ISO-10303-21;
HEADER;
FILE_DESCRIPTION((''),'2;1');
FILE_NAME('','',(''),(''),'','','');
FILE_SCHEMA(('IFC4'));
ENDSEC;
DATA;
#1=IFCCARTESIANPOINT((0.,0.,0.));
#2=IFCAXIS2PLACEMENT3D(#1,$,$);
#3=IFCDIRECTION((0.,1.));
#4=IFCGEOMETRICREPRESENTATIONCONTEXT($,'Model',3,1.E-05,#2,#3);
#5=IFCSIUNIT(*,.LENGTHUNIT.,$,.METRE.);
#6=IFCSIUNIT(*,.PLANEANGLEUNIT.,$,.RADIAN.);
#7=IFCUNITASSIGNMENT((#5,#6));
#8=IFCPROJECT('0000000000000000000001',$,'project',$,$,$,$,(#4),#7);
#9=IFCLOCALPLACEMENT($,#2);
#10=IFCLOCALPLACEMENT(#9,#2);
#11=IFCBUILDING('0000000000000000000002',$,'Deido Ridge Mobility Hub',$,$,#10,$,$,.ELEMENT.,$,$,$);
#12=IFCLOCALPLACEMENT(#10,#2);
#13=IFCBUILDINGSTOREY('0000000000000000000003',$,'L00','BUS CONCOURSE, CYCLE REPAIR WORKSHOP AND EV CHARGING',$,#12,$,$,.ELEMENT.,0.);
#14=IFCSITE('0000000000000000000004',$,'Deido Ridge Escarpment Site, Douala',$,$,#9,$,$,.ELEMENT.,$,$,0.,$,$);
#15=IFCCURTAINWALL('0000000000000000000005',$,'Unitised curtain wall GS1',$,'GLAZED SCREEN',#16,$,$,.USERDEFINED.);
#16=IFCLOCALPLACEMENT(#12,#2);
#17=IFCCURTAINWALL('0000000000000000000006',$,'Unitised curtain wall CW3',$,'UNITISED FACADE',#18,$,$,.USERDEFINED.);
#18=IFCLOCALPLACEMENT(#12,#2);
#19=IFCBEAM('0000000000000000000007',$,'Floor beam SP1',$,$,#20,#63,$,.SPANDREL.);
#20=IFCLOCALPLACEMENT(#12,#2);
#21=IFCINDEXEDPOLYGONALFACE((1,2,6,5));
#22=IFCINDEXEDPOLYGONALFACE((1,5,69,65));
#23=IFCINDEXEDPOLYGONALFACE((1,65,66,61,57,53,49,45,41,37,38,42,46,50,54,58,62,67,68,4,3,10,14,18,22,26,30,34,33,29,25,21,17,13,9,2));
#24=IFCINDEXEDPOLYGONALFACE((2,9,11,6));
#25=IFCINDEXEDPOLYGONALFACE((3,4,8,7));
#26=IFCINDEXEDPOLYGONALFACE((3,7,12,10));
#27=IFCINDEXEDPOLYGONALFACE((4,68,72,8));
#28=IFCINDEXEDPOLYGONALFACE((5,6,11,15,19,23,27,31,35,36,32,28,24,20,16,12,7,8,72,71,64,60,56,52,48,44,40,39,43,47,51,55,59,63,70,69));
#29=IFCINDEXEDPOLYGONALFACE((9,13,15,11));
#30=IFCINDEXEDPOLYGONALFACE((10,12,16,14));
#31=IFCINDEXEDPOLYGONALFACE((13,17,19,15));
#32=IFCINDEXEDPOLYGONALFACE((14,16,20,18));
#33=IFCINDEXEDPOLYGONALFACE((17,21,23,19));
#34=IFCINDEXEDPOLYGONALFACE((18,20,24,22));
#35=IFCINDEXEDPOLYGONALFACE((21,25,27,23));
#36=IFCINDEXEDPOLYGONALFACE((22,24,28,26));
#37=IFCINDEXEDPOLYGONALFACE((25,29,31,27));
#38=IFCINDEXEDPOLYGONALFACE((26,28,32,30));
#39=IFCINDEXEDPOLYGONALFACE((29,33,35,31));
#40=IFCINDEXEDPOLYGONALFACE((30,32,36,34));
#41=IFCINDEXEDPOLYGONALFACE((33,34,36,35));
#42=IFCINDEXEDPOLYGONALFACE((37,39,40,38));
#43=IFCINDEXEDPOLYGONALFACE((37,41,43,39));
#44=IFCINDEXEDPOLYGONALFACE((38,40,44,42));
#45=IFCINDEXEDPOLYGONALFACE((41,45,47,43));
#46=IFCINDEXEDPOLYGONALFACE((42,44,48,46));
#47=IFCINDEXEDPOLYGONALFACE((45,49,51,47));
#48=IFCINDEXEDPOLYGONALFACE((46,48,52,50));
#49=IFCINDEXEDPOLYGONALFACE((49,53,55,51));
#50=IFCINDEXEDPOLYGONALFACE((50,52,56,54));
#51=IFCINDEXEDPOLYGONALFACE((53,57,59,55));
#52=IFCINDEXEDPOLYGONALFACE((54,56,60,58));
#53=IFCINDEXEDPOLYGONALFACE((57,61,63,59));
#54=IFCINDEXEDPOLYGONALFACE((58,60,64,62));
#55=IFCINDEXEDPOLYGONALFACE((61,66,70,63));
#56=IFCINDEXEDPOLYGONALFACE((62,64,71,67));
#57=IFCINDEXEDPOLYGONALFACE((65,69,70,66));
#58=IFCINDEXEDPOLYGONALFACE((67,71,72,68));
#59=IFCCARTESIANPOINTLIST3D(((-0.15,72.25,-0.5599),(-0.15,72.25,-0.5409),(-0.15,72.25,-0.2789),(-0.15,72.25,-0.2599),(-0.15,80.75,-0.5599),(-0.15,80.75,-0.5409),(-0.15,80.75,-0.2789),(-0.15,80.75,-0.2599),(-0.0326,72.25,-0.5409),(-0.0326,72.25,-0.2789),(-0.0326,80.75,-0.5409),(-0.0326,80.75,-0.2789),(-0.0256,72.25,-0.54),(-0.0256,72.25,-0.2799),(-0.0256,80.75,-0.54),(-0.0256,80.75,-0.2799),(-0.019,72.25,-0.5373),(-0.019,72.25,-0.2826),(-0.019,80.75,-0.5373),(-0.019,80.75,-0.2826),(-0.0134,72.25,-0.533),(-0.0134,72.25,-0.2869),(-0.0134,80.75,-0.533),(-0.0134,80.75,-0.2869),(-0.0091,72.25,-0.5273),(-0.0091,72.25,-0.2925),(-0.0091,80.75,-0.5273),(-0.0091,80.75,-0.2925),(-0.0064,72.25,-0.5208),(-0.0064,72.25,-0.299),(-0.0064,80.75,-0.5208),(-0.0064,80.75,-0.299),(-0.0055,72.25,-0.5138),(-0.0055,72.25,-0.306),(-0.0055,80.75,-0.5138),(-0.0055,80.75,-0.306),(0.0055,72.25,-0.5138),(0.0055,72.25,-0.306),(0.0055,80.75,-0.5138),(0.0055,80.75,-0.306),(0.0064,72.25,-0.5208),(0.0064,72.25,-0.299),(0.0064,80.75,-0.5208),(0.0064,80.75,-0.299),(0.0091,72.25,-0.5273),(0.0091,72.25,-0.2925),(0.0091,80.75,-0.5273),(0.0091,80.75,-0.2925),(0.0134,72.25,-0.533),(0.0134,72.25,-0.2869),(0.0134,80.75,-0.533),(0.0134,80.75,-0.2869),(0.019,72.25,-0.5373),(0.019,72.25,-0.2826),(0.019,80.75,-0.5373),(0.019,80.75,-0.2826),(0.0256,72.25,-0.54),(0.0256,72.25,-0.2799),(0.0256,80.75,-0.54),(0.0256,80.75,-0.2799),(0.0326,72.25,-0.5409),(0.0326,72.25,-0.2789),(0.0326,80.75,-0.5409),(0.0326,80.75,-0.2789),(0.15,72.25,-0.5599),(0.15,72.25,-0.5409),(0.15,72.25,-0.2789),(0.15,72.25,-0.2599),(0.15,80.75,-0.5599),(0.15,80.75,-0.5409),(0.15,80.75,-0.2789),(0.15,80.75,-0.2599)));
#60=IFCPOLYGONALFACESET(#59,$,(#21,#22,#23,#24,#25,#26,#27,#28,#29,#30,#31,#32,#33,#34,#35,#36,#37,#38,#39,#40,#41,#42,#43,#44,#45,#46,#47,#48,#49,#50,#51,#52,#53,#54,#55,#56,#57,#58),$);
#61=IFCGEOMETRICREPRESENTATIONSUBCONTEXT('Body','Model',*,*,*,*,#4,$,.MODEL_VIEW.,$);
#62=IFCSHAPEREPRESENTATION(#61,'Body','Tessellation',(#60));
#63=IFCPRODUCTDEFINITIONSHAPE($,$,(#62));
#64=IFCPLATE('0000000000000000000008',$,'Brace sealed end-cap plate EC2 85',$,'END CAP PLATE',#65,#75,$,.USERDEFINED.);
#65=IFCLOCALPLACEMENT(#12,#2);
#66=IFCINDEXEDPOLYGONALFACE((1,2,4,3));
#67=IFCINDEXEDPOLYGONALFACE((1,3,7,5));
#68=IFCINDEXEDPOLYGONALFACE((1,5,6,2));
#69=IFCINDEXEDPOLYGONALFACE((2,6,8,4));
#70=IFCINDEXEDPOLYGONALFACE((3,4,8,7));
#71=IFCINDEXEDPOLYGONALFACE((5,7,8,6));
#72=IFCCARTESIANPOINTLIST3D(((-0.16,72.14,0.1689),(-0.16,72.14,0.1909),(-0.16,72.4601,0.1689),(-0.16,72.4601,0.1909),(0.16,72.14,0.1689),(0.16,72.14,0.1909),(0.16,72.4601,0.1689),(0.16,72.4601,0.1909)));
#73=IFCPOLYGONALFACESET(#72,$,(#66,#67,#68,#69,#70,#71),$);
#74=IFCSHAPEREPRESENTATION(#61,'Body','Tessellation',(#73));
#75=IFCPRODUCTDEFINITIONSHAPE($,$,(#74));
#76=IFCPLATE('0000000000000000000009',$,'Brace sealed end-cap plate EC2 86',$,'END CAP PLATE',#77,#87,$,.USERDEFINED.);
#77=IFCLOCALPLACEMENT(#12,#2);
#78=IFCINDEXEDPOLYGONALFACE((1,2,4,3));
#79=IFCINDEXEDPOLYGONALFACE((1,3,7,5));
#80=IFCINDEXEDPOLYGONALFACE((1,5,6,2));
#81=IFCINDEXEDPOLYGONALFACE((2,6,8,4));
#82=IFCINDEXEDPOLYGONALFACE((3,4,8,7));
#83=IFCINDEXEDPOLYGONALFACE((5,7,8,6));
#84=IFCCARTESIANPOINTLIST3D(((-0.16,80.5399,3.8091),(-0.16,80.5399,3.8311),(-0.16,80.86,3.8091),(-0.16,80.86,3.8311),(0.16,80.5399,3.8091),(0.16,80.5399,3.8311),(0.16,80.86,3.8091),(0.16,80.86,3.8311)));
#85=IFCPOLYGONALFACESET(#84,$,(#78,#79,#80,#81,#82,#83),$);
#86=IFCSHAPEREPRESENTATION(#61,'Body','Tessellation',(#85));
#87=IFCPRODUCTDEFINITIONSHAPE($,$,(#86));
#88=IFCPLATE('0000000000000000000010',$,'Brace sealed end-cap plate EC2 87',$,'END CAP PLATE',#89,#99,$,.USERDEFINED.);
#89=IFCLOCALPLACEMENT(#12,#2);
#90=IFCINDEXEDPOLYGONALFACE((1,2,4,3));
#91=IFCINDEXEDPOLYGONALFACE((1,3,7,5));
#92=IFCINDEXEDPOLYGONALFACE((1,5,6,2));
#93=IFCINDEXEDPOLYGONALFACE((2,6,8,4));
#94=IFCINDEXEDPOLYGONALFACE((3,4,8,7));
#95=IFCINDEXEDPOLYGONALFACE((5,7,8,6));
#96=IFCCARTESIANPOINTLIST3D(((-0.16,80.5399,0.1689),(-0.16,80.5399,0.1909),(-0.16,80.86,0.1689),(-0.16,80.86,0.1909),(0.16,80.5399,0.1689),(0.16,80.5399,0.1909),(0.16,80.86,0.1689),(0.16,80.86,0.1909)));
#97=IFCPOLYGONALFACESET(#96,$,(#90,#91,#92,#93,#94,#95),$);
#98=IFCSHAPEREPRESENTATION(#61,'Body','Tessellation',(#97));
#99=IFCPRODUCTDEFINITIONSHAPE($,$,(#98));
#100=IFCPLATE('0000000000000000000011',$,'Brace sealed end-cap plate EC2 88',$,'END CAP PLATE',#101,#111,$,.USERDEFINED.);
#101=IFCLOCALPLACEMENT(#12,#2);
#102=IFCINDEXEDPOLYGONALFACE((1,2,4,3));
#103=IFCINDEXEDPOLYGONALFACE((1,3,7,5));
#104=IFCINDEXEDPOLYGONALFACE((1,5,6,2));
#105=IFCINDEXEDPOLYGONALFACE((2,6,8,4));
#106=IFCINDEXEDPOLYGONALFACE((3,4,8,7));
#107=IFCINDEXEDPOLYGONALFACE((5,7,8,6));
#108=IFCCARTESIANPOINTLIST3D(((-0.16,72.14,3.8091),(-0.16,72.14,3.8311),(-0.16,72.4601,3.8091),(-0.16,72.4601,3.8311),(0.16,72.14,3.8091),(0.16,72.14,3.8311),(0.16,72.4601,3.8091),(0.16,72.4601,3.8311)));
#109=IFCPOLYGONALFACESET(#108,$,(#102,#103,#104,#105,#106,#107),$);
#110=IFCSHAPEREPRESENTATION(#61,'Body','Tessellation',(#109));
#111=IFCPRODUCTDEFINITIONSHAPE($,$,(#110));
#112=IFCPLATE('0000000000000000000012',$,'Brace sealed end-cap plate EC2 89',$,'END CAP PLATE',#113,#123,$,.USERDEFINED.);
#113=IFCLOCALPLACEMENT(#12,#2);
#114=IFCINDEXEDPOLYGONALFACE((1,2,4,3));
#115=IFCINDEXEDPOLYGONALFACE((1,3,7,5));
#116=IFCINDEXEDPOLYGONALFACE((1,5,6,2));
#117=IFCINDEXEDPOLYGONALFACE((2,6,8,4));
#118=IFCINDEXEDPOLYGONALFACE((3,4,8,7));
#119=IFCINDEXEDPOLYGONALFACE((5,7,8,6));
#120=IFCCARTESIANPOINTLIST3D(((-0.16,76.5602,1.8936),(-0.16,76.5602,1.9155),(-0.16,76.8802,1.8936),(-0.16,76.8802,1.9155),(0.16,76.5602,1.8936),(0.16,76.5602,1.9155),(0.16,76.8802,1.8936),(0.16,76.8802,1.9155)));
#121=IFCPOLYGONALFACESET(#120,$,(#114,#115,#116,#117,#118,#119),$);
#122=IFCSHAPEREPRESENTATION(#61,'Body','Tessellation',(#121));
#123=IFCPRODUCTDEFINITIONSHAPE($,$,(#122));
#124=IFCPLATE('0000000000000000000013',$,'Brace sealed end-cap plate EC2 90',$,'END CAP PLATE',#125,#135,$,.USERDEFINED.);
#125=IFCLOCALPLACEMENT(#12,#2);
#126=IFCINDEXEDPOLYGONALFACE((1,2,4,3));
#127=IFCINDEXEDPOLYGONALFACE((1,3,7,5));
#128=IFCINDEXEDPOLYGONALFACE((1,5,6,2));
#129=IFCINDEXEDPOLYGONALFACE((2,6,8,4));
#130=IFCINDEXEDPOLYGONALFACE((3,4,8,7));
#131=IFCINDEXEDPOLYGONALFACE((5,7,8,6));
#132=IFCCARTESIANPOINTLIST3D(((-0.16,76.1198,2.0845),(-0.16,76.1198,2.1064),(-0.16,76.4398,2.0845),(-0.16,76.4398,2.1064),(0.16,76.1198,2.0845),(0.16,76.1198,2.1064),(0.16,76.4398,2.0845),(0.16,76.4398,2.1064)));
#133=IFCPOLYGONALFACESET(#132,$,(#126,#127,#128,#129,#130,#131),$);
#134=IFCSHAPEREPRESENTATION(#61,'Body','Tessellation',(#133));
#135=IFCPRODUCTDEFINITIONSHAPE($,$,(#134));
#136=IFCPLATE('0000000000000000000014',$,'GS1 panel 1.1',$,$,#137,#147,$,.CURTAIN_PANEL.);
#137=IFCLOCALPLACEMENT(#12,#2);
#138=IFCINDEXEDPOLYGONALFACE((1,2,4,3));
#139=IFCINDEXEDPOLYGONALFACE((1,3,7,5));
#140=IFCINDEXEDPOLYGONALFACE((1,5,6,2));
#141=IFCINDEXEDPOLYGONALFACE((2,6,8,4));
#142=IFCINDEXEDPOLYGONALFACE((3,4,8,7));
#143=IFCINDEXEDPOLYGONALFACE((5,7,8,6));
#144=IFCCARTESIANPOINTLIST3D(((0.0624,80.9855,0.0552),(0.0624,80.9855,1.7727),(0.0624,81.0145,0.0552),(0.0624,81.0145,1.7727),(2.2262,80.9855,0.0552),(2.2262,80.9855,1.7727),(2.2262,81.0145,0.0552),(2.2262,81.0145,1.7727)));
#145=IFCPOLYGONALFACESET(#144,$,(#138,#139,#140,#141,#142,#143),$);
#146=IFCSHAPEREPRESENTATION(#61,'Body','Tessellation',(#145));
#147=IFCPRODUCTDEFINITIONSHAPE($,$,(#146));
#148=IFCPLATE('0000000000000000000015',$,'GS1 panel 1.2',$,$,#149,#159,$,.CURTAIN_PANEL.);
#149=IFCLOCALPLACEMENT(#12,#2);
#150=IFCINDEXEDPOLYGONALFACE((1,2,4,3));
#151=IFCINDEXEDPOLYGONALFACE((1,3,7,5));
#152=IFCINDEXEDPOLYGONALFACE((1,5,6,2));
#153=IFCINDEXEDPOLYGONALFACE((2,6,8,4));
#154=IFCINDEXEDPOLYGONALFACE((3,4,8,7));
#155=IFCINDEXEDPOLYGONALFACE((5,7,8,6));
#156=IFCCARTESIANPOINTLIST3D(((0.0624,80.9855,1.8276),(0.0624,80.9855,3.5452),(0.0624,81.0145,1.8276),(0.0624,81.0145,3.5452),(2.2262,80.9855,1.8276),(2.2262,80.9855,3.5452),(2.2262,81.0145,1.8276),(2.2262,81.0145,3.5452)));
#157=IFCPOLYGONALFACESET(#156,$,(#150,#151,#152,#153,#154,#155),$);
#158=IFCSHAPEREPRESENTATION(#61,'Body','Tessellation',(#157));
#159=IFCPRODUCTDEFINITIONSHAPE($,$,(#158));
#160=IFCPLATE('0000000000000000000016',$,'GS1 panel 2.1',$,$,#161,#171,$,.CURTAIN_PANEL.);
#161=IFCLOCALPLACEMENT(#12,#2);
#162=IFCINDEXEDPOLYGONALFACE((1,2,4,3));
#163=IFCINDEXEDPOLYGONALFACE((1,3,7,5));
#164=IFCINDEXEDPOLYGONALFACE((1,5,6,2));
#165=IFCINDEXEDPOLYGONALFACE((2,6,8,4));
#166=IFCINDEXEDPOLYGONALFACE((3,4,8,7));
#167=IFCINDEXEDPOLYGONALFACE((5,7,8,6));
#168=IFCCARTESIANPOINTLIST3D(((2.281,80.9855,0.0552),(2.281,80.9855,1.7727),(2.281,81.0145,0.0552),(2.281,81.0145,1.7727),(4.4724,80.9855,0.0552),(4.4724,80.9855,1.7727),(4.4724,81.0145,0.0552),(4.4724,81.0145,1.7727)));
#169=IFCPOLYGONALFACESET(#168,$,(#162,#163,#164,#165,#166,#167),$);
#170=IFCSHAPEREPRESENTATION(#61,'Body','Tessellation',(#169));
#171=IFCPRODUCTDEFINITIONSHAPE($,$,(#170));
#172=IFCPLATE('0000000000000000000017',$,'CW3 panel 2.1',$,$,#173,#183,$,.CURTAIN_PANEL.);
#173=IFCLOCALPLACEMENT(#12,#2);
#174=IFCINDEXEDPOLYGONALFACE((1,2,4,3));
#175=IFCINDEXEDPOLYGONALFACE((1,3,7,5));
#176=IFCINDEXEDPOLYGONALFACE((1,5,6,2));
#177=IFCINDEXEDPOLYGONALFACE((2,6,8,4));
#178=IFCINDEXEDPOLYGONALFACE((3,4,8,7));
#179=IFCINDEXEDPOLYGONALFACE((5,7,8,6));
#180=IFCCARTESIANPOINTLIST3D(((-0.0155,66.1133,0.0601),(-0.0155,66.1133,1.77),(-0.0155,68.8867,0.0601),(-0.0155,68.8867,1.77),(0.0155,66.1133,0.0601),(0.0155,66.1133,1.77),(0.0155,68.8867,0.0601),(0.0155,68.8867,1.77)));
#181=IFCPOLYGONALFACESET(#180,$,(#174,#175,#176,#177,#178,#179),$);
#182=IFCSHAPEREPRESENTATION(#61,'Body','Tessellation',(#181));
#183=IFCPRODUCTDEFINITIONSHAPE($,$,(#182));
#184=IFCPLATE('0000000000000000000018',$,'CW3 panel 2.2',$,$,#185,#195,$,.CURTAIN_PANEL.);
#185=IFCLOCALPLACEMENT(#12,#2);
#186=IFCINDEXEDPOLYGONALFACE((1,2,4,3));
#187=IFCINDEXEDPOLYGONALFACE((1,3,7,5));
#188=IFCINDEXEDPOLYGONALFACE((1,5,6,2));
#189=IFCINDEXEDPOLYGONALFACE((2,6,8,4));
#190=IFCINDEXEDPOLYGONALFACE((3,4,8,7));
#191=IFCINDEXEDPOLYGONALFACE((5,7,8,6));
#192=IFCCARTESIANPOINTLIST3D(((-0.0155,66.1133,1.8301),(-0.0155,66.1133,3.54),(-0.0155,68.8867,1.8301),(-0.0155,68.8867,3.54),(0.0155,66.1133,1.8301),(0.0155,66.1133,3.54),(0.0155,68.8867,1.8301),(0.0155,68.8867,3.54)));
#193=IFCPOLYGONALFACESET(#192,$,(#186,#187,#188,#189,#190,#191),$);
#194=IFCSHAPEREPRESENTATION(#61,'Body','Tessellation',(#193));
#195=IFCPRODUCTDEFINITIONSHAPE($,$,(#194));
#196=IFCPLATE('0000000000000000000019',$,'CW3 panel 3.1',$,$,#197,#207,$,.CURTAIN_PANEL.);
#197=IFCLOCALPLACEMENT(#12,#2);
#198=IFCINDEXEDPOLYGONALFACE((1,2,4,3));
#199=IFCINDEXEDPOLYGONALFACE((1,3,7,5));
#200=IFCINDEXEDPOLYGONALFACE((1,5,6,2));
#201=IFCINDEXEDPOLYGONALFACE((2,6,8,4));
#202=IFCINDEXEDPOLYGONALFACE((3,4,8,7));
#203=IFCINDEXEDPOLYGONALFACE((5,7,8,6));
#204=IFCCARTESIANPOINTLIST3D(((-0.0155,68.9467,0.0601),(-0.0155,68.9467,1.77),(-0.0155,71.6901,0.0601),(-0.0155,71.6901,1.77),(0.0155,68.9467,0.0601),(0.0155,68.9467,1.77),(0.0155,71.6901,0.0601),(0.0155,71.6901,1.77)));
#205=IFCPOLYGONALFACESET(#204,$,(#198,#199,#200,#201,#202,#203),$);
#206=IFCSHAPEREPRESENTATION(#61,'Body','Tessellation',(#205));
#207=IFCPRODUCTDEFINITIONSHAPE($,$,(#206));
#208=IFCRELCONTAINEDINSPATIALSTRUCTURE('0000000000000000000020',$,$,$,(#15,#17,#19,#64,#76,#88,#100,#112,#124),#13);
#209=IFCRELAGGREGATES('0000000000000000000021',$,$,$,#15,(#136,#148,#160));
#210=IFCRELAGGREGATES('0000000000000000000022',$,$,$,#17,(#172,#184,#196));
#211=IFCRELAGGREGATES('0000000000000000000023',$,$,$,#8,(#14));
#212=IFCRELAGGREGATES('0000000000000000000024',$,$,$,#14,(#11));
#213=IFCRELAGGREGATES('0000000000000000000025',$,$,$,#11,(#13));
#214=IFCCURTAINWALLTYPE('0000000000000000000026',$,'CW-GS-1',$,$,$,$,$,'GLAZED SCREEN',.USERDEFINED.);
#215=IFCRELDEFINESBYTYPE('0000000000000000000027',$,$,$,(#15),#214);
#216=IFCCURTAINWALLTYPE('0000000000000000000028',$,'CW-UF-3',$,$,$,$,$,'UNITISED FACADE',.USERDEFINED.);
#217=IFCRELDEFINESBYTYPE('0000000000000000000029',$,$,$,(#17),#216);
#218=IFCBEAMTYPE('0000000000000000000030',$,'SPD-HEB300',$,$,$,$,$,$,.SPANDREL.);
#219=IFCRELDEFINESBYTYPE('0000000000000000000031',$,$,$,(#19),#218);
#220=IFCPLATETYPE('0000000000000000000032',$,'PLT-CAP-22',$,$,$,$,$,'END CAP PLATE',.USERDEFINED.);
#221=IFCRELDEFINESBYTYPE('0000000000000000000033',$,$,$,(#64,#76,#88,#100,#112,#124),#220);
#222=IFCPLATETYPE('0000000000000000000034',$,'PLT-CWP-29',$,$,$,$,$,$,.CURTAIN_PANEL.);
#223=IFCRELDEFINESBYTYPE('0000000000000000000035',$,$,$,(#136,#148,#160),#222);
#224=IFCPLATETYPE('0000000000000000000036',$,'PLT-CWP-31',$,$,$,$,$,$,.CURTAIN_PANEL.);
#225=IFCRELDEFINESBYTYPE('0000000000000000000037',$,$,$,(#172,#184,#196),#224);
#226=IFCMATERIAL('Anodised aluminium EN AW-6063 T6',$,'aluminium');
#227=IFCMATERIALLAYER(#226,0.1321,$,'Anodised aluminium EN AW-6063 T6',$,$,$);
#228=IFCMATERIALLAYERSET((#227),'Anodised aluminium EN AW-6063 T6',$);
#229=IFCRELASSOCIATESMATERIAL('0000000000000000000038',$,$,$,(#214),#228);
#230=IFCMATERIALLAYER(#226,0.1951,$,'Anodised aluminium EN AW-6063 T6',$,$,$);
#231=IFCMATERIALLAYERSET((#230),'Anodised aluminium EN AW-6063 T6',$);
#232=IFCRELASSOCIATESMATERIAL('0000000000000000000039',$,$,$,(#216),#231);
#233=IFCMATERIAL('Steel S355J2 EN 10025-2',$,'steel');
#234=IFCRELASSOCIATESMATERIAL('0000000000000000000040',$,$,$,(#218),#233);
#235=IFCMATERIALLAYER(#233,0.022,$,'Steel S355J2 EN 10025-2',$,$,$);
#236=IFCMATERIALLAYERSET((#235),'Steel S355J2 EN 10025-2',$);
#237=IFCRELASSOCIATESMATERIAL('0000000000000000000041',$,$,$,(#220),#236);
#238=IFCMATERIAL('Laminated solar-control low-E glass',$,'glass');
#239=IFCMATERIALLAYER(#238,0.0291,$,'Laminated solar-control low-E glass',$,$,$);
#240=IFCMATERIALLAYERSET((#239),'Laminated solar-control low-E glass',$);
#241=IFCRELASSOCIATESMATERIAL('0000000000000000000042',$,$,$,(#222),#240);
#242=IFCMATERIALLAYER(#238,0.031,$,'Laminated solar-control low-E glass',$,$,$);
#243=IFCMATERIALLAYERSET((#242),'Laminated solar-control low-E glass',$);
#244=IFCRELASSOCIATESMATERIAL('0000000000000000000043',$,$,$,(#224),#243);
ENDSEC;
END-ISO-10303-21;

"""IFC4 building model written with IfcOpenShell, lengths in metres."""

from ifc_helpers import new_model, si_unit, direction, frame, origin, origin_2d, place, context, subcontext, project, spatial, rectangle, i_section, extrude, material, layer, layer_set, material_profile, profile_set, type_object, element, aggregate, save


model = new_model("IFC4")

# Units and contexts
model_context = context("Model", 3, precision=1e-05, world=origin(), true_north=direction((0.0, 1.0)))
body_context = subcontext(model_context, "Body", "Model", "MODEL_VIEW")
ifc_project = project(units=[si_unit("LENGTHUNIT", "METRE"), si_unit("PLANEANGLEUNIT", "RADIAN")], contexts=[model_context])

# Site, building, storey
site_placement = place(None, origin())
site = spatial("IfcSite", under=ifc_project, at=site_placement, Name="Deido Ridge Escarpment Site, Douala", CompositionType="ELEMENT", RefElevation=0.0)
building_placement = place(site_placement, origin())
building = spatial("IfcBuilding", under=site, at=building_placement, Name="Deido Ridge Mobility Hub", CompositionType="ELEMENT")
storey_placement = place(building_placement, origin())
storey = spatial("IfcBuildingStorey", under=building, at=storey_placement, Name="L00", Description="BUS CONCOURSE, CYCLE REPAIR WORKSHOP AND EV CHARGING", CompositionType="ELEMENT", Elevation=0.0)

# Shared definitions
ifc_material_1 = material(Name="Steel S355J2 EN 10025-2", Category="steel")

# Curtain walls
ifc_material_2 = material(Name="Anodised aluminium EN AW-6063 T6", Category="aluminium")
ifc_layer_1 = layer(ifc_material_2, 0.1321, Name="Anodised aluminium EN AW-6063 T6")
ifc_layer_set_1 = layer_set([ifc_layer_1], Name="Anodised aluminium EN AW-6063 T6")
curtain_wall_type_1 = type_object("IfcCurtainWallType", Name="CW-GS-1", ElementType="GLAZED SCREEN", PredefinedType="USERDEFINED", material=ifc_layer_set_1)
curtain_wall_1_placement = place(storey_placement, origin())
curtain_wall_1 = element("IfcCurtainWall", 1, at=curtain_wall_1_placement, inside=storey, type_object=curtain_wall_type_1, Name="Unitised curtain wall GS1", ObjectType="GLAZED SCREEN", PredefinedType="USERDEFINED")
ifc_layer_2 = layer(ifc_material_2, 0.1951, Name="Anodised aluminium EN AW-6063 T6")
ifc_layer_set_2 = layer_set([ifc_layer_2], Name="Anodised aluminium EN AW-6063 T6")
curtain_wall_type_2 = type_object("IfcCurtainWallType", Name="CW-UF-3", ElementType="UNITISED FACADE", PredefinedType="USERDEFINED", material=ifc_layer_set_2)
curtain_wall_2_placement = place(storey_placement, origin())
curtain_wall_2 = element("IfcCurtainWall", 2, at=curtain_wall_2_placement, inside=storey, type_object=curtain_wall_type_2, Name="Unitised curtain wall CW3", ObjectType="UNITISED FACADE", PredefinedType="USERDEFINED")

# Beam
ifc_material_profile_1 = material_profile(ifc_material_1, i_section(OverallWidth=0.3, OverallDepth=0.3, WebThickness=0.011, FlangeThickness=0.019, FilletRadius=0.0271, at=origin_2d()), Name="HEB 300")
ifc_profile_set_1 = profile_set([ifc_material_profile_1], Name="Steel S355J2 EN 10025-2")
beam_type_1 = type_object("IfcBeamType", Name="SPD-HEB300", PredefinedType="SPANDREL", material=ifc_profile_set_1)
beam_1_placement = place(storey_placement, frame((0.0, 72.25, -0.4099), z_axis=(0.0, 1.0, 0.0), x_axis=(-1.0, 0.0, 0.0)))
element("IfcBeam", 3, at=beam_1_placement, inside=storey, type_object=beam_type_1, Name="Floor beam SP1", PredefinedType="SPANDREL", context=body_context, shape_type="SweptSolid", body=[
    extrude(i_section(OverallWidth=0.3, OverallDepth=0.3, WebThickness=0.011, FlangeThickness=0.019, FilletRadius=0.0271, at=origin_2d()), origin(), (0.0, 0.0, 1.0), 8.5),
])

# Plates
ifc_layer_3 = layer(ifc_material_1, 0.022, Name="Steel S355J2 EN 10025-2")
ifc_layer_set_3 = layer_set([ifc_layer_3], Name="Steel S355J2 EN 10025-2")
plate_type_1 = type_object("IfcPlateType", Name="PLT-CAP-22", ElementType="END CAP PLATE", PredefinedType="USERDEFINED", material=ifc_layer_set_3)
for number, where, z_axis, x_axis, name in (
    (4, (0.0, 72.3, 0.1689), (0.0, 0.0, 1.0), (1.0, 0.0, 0.0), "Brace sealed end-cap plate EC2 85"),
    (5, (0.0, 80.7, 3.8091), (0.0, 0.0, 1.0), (1.0, 0.0, 0.0), "Brace sealed end-cap plate EC2 86"),
    (6, (0.0, 80.7, 0.1689), (0.0, 0.0, 1.0), (1.0, 0.0, 0.0), "Brace sealed end-cap plate EC2 87"),
    (7, (0.0, 72.3, 3.8091), (0.0, 0.0, 1.0), (1.0, 0.0, 0.0), "Brace sealed end-cap plate EC2 88"),
    (8, (0.0, 76.7202, 1.8936), (0.0, 0.0, 1.0), (1.0, 0.0, 0.0), "Brace sealed end-cap plate EC2 89"),
    (9, (0.0, 76.2798, 2.0845), (0.0, 0.0, 1.0), (1.0, 0.0, 0.0), "Brace sealed end-cap plate EC2 90"),
):
    element("IfcPlate", number, at=place(storey_placement, frame(where, z_axis=z_axis, x_axis=x_axis)), inside=storey, type_object=plate_type_1, Name=name, ObjectType="END CAP PLATE", PredefinedType="USERDEFINED", context=body_context, shape_type="SweptSolid", body=[
        extrude(rectangle(XDim=0.3201, YDim=0.3201, at=origin_2d()), origin(), (0.0, 0.0, 1.0), 0.022),
    ])

# Plates
ifc_material_3 = material(Name="Laminated solar-control low-E glass", Category="glass")
ifc_layer_4 = layer(ifc_material_3, 0.0291, Name="Laminated solar-control low-E glass")
ifc_layer_set_4 = layer_set([ifc_layer_4], Name="Laminated solar-control low-E glass")
plate_type_2 = type_object("IfcPlateType", Name="PLT-CWP-29", PredefinedType="CURTAIN_PANEL", material=ifc_layer_set_4)
plate_1_placement = place(storey_placement, frame((1.1443, 81.0, 0.0552), z_axis=(0.0, 0.0, 1.0), x_axis=(1.0, 0.0, 0.0)))
plate_1 = element("IfcPlate", 10, at=plate_1_placement, type_object=plate_type_2, Name="GS1 panel 1.1", PredefinedType="CURTAIN_PANEL", context=body_context, shape_type="SweptSolid", body=[
    extrude(rectangle(XDim=2.1638, YDim=0.0291, at=origin_2d()), origin(), (0.0, 0.0, 1.0), 1.7175),
])
plate_2_placement = place(storey_placement, frame((1.1443, 81.0, 1.8276), z_axis=(0.0, 0.0, 1.0), x_axis=(1.0, 0.0, 0.0)))
plate_2 = element("IfcPlate", 11, at=plate_2_placement, type_object=plate_type_2, Name="GS1 panel 1.2", PredefinedType="CURTAIN_PANEL", context=body_context, shape_type="SweptSolid", body=[
    extrude(rectangle(XDim=2.1638, YDim=0.0291, at=origin_2d()), origin(), (0.0, 0.0, 1.0), 1.7175),
])
plate_3_placement = place(storey_placement, frame((3.3767, 81.0, 0.0552), z_axis=(0.0, 0.0, 1.0), x_axis=(1.0, 0.0, 0.0)))
plate_3 = element("IfcPlate", 12, at=plate_3_placement, type_object=plate_type_2, Name="GS1 panel 2.1", PredefinedType="CURTAIN_PANEL", context=body_context, shape_type="SweptSolid", body=[
    extrude(rectangle(XDim=2.1914, YDim=0.0291, at=origin_2d()), origin(), (0.0, 0.0, 1.0), 1.7175),
])
aggregate(curtain_wall_1, [plate_1, plate_2, plate_3])
ifc_layer_5 = layer(ifc_material_3, 0.031, Name="Laminated solar-control low-E glass")
ifc_layer_set_5 = layer_set([ifc_layer_5], Name="Laminated solar-control low-E glass")
plate_type_3 = type_object("IfcPlateType", Name="PLT-CWP-31", PredefinedType="CURTAIN_PANEL", material=ifc_layer_set_5)
plate_4_placement = place(storey_placement, frame((0.0, 67.5, 0.0601), z_axis=(0.0, 0.0, 1.0), x_axis=(0.0, 1.0, 0.0)))
plate_4 = element("IfcPlate", 13, at=plate_4_placement, type_object=plate_type_3, Name="CW3 panel 2.1", PredefinedType="CURTAIN_PANEL", context=body_context, shape_type="SweptSolid", body=[
    extrude(rectangle(XDim=2.7734, YDim=0.031, at=origin_2d()), origin(), (0.0, 0.0, 1.0), 1.71),
])
plate_5_placement = place(storey_placement, frame((0.0, 67.5, 1.8301), z_axis=(0.0, 0.0, 1.0), x_axis=(0.0, 1.0, 0.0)))
plate_5 = element("IfcPlate", 14, at=plate_5_placement, type_object=plate_type_3, Name="CW3 panel 2.2", PredefinedType="CURTAIN_PANEL", context=body_context, shape_type="SweptSolid", body=[
    extrude(rectangle(XDim=2.7734, YDim=0.031, at=origin_2d()), origin(), (0.0, 0.0, 1.0), 1.71),
])
plate_6_placement = place(storey_placement, frame((0.0, 70.3184, 0.0601), z_axis=(0.0, 0.0, 1.0), x_axis=(0.0, 1.0, 0.0)))
plate_6 = element("IfcPlate", 15, at=plate_6_placement, type_object=plate_type_3, Name="CW3 panel 3.1", PredefinedType="CURTAIN_PANEL", context=body_context, shape_type="SweptSolid", body=[
    extrude(rectangle(XDim=2.7434, YDim=0.031, at=origin_2d()), origin(), (0.0, 0.0, 1.0), 1.71),
])
aggregate(curtain_wall_2, [plate_4, plate_5, plate_6])

save(model, "model.ifc")
